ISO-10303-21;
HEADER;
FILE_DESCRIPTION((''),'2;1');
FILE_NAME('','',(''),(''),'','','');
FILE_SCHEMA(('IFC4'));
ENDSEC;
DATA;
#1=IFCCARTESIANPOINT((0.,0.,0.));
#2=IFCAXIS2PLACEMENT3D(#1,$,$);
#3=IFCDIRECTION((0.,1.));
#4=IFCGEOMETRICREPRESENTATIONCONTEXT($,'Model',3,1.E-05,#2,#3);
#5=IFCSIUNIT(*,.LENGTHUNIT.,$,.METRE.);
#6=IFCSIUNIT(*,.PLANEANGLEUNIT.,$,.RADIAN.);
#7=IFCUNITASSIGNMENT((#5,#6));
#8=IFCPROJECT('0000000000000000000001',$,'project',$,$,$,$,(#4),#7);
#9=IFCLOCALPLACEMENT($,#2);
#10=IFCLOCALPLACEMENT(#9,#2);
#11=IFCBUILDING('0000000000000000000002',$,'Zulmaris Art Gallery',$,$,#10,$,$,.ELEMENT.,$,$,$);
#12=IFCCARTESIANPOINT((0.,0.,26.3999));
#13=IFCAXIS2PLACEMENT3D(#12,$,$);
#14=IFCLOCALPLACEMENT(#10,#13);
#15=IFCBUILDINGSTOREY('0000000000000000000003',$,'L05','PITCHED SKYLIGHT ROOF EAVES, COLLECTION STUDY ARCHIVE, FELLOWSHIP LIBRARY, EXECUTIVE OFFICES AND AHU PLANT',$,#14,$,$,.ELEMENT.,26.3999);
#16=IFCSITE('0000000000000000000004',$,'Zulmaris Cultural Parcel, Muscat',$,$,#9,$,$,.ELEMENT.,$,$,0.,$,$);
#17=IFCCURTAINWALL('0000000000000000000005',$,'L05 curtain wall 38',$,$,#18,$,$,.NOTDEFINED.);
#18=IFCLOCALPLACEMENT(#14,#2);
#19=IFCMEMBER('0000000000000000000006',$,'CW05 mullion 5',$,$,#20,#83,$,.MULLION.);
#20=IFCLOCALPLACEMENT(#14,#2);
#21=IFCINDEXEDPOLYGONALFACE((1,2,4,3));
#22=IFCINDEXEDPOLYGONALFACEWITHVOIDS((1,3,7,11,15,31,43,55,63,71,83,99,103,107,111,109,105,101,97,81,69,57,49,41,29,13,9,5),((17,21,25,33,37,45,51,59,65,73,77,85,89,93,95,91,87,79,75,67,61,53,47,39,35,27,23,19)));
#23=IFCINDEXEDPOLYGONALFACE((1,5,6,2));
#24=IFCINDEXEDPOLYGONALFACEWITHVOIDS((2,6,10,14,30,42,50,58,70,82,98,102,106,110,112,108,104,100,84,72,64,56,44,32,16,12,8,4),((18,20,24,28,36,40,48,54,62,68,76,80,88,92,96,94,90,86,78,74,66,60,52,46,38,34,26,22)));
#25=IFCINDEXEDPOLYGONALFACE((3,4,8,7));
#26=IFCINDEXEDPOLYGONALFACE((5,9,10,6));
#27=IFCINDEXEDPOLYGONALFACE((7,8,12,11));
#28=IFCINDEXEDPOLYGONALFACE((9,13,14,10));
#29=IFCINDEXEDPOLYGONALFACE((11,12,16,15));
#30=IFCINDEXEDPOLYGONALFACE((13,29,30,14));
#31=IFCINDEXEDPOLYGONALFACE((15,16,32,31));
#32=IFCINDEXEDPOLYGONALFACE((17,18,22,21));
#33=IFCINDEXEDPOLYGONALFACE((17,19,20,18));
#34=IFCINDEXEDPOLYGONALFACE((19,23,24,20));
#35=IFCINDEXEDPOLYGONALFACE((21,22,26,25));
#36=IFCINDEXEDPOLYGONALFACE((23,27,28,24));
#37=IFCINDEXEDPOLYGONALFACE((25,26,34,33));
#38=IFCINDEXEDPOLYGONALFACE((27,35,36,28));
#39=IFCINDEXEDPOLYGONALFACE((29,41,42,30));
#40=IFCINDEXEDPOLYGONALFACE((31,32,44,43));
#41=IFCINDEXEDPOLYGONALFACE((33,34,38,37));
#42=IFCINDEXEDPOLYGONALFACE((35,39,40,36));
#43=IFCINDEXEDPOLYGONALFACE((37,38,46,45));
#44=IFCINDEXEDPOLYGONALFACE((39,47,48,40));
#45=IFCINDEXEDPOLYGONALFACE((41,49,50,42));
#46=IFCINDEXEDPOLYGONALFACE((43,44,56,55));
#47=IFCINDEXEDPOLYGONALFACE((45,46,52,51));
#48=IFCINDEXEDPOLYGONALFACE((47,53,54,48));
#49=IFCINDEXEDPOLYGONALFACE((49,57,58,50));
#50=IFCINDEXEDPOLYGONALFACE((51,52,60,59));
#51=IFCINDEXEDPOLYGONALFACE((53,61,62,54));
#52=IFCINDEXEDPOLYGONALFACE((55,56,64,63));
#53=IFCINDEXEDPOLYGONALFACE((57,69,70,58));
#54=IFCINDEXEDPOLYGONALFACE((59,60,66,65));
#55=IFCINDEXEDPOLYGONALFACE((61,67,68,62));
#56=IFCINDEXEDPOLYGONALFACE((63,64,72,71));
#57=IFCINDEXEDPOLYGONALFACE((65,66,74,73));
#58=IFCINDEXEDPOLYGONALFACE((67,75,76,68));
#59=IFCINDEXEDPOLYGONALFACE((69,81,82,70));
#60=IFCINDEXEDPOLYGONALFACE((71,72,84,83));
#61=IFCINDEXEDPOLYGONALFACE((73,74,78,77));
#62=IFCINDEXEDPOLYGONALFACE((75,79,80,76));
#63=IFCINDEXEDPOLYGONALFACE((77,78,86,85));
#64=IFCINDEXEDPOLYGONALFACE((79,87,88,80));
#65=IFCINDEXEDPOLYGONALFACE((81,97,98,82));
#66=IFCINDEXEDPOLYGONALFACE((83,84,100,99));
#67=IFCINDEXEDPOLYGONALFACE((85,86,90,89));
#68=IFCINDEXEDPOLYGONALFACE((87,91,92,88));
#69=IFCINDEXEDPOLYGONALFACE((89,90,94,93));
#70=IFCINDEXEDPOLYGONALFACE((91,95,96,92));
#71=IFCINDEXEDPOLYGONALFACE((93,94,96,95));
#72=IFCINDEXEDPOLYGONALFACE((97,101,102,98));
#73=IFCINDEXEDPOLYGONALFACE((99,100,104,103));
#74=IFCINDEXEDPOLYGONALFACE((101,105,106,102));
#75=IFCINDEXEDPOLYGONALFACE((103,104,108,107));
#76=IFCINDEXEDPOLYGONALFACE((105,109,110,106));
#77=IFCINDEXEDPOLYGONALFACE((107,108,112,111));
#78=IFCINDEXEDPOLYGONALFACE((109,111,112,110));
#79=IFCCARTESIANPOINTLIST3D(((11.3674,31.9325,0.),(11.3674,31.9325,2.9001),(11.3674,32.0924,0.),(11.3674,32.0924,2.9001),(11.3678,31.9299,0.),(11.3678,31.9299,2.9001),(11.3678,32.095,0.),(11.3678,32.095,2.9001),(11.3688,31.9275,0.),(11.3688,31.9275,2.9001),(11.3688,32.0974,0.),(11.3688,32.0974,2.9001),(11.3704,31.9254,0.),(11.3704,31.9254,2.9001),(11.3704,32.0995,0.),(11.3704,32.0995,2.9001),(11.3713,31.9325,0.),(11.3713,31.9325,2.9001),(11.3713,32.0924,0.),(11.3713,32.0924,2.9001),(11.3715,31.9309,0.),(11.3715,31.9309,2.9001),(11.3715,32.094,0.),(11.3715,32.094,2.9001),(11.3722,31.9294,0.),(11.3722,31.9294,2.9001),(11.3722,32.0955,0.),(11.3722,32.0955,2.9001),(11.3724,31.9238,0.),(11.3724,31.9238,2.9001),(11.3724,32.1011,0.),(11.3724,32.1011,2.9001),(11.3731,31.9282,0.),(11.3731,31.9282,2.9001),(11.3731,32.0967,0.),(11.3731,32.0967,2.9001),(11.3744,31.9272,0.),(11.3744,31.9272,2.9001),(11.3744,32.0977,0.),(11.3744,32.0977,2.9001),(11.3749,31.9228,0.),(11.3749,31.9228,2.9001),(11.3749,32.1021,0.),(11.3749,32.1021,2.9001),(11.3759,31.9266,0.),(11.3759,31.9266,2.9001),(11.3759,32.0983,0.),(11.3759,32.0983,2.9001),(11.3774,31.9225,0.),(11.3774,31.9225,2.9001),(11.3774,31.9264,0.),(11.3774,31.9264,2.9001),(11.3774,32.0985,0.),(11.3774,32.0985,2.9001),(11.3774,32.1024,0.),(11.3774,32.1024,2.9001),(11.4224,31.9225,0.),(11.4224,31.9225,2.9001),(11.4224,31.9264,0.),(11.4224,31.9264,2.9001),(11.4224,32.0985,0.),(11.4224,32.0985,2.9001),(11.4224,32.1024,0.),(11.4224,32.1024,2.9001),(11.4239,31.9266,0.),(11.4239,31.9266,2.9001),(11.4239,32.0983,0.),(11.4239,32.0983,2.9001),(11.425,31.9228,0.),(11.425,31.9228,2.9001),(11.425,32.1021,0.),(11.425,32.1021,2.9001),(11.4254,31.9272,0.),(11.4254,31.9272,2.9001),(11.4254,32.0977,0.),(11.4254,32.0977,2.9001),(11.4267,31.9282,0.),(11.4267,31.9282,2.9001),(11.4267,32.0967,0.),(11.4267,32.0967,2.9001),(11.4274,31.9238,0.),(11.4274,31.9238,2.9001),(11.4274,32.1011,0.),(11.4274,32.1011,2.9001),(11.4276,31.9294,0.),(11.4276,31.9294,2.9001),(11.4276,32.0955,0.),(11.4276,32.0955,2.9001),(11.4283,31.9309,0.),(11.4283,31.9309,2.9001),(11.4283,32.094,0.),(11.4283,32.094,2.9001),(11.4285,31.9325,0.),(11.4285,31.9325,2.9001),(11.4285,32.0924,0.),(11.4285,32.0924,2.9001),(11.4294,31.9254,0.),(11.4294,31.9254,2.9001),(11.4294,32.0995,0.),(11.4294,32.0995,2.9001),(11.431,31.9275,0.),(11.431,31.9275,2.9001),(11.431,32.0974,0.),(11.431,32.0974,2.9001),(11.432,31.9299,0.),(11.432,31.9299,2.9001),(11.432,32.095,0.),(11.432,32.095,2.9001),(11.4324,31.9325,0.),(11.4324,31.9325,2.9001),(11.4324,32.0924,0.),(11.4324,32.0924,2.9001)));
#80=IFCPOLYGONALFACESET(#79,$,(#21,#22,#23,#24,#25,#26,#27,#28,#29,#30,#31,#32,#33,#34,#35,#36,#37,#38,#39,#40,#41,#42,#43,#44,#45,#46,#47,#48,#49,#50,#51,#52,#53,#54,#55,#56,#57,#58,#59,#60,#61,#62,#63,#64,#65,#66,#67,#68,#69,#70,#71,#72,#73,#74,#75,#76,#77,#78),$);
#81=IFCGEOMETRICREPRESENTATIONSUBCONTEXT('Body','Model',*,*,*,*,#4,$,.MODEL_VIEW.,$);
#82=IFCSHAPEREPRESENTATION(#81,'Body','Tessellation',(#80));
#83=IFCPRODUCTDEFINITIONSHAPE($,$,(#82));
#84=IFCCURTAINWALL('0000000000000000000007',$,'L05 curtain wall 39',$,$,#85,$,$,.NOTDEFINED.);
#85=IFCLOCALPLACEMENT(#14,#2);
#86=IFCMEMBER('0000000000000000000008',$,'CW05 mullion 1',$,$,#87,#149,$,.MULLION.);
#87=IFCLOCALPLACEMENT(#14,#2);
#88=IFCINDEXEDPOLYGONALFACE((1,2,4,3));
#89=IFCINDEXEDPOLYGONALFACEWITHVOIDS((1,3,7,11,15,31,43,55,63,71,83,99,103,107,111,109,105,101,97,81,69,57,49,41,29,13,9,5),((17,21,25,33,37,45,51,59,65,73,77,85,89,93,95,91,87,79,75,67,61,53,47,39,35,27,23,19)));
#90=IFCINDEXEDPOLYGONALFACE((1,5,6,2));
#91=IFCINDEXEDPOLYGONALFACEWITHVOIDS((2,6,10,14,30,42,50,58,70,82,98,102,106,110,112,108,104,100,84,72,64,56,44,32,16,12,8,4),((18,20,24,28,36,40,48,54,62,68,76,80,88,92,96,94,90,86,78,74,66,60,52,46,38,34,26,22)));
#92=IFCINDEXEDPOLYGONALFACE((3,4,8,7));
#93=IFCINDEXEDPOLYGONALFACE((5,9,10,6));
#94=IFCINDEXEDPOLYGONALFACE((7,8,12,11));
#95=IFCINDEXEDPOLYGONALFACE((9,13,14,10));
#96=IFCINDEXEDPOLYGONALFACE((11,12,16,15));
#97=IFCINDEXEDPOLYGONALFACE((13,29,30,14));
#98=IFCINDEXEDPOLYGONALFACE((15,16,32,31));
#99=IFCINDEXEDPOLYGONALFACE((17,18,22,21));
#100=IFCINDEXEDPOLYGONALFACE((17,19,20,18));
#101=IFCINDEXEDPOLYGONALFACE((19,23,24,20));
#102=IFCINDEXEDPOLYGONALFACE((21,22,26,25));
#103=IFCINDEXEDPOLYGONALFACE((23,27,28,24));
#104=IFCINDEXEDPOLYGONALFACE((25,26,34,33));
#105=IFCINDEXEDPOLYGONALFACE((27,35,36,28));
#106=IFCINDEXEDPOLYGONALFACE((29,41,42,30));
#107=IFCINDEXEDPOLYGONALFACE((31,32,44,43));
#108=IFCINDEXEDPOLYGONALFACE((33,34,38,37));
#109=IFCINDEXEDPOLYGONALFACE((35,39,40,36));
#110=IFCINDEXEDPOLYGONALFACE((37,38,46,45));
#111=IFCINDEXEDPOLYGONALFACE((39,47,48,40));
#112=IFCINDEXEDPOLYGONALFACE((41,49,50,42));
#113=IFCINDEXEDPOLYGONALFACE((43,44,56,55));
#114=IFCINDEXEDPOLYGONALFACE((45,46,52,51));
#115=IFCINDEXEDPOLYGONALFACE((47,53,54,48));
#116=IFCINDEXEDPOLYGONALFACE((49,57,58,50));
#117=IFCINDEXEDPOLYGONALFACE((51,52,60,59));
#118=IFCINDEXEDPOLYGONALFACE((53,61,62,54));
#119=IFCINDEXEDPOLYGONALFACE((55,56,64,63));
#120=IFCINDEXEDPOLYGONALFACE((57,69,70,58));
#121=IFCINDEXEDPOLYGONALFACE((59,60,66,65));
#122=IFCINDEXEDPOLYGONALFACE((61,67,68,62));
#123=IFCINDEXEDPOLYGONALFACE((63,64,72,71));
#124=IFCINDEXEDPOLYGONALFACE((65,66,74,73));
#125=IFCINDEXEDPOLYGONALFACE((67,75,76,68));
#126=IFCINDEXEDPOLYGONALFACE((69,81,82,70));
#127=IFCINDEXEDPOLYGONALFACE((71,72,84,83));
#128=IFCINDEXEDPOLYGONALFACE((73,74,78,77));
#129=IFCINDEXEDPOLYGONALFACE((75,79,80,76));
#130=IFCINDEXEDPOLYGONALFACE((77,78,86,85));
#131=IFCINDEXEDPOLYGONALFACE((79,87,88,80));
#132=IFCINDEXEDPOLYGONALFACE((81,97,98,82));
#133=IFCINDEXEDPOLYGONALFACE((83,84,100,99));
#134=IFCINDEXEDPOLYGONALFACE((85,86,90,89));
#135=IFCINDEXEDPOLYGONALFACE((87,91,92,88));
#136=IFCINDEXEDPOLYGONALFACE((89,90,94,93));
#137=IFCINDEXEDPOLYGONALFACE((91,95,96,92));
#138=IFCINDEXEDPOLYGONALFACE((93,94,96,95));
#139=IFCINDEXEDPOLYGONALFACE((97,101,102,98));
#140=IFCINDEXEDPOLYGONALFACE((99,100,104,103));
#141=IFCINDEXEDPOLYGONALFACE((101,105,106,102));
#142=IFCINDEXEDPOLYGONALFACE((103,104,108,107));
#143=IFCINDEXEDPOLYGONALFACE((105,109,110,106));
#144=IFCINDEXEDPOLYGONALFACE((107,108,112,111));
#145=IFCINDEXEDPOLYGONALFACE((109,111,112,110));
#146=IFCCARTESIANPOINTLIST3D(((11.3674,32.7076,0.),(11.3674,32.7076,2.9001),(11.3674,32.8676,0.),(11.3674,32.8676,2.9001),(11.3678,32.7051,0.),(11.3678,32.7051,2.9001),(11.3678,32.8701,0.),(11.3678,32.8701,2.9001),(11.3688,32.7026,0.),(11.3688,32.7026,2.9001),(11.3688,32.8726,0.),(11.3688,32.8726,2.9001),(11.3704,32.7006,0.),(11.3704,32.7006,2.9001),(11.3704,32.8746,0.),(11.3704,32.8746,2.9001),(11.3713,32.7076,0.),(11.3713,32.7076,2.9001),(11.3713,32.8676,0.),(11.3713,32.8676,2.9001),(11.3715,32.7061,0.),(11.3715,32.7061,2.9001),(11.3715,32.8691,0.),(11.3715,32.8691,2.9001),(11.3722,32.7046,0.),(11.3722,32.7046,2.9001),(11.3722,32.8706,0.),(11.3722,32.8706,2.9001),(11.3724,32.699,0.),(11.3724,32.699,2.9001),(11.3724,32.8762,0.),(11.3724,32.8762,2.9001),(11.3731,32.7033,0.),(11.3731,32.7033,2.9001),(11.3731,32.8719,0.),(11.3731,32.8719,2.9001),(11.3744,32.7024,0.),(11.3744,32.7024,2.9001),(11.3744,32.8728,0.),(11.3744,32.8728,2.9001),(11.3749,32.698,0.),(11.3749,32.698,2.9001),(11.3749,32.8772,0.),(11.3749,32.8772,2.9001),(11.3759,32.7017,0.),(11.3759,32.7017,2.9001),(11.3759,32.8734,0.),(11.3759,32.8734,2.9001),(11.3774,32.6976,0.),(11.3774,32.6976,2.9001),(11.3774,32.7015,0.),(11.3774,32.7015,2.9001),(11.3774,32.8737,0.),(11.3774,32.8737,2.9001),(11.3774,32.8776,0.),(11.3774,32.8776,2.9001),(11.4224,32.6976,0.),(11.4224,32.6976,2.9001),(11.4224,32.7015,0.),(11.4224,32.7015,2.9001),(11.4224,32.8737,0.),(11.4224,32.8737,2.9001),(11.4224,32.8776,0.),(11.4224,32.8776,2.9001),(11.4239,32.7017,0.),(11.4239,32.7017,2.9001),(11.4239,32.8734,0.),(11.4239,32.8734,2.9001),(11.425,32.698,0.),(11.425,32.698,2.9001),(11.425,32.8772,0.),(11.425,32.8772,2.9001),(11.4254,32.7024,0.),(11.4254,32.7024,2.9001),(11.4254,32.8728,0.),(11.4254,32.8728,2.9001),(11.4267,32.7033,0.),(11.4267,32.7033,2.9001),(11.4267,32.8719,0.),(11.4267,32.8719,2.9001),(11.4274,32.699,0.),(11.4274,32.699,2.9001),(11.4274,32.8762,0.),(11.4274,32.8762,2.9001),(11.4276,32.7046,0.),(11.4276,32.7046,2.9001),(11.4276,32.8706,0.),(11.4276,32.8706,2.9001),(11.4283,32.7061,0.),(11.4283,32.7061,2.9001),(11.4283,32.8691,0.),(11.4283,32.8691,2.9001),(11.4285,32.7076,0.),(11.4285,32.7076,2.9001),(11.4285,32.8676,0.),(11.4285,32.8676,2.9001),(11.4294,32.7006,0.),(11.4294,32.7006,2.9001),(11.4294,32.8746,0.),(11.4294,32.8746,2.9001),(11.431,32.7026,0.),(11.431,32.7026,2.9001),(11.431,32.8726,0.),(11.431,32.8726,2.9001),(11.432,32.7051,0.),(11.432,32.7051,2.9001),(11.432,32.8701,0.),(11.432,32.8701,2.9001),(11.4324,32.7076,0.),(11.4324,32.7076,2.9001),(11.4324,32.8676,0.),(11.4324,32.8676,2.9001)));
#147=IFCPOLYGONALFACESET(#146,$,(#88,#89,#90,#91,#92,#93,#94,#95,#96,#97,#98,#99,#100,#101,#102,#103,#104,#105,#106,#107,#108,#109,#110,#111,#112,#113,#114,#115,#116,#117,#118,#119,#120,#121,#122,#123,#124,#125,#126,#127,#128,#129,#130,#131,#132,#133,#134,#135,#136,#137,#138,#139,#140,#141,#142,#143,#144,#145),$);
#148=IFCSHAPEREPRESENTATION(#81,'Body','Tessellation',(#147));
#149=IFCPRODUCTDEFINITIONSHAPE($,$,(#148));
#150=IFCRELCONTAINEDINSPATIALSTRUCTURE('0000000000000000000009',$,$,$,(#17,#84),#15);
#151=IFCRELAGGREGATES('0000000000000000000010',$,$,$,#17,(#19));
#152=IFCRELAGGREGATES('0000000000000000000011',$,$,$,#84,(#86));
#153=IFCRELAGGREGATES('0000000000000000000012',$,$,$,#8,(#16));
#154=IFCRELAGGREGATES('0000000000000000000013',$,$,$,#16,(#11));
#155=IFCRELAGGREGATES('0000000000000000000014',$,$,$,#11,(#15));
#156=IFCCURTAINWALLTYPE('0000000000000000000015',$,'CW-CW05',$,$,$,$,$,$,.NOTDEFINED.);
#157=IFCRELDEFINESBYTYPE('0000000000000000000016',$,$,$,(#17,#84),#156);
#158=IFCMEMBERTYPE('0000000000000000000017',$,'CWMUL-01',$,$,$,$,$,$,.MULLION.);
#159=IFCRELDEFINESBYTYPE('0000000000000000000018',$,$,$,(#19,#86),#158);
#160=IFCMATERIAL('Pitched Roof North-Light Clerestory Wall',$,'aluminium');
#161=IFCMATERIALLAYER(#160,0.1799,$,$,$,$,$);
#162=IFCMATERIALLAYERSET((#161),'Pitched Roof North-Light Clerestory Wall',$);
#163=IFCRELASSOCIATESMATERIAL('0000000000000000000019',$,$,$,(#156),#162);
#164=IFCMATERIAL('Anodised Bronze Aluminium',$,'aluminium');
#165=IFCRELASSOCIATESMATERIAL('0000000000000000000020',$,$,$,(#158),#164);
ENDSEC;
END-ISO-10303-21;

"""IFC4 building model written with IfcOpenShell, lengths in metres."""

from ifc_helpers import new_model, si_unit, direction, frame, origin, origin_2d, place, context, subcontext, project, spatial, hollow_rectangle, extrude, material, layer, layer_set, material_profile, profile_set, type_object, element, aggregate, save


model = new_model("IFC4")

# Units and contexts
model_context = context("Model", 3, precision=1e-05, world=origin(), true_north=direction((0.0, 1.0)))
body_context = subcontext(model_context, "Body", "Model", "MODEL_VIEW")
ifc_project = project(units=[si_unit("LENGTHUNIT", "METRE"), si_unit("PLANEANGLEUNIT", "RADIAN")], contexts=[model_context])

# Site, building, storey
site_placement = place(None, origin())
site = spatial("IfcSite", under=ifc_project, at=site_placement, Name="Zulmaris Cultural Parcel, Muscat", CompositionType="ELEMENT", RefElevation=0.0)
building_placement = place(site_placement, origin())
building = spatial("IfcBuilding", under=site, at=building_placement, Name="Zulmaris Art Gallery", CompositionType="ELEMENT")
storey_placement = place(building_placement, frame((0.0, 0.0, 26.3999)))
storey = spatial("IfcBuildingStorey", under=building, at=storey_placement, Name="L05", Description="PITCHED SKYLIGHT ROOF EAVES, COLLECTION STUDY ARCHIVE, FELLOWSHIP LIBRARY, EXECUTIVE OFFICES AND AHU PLANT", CompositionType="ELEMENT", Elevation=26.3999)

# Curtain walls, members
ifc_material_1 = material(Name="Pitched Roof North-Light Clerestory Wall", Category="aluminium")
ifc_layer_1 = layer(ifc_material_1, 0.1799)
ifc_layer_set_1 = layer_set([ifc_layer_1], Name="Pitched Roof North-Light Clerestory Wall")
curtain_wall_type = type_object("IfcCurtainWallType", Name="CW-CW05", PredefinedType="NOTDEFINED", material=ifc_layer_set_1)
curtain_wall_1_placement = place(storey_placement, origin())
curtain_wall_1 = element("IfcCurtainWall", 1, at=curtain_wall_1_placement, inside=storey, type_object=curtain_wall_type, Name="L05 curtain wall 38", PredefinedType="NOTDEFINED")
ifc_material_2 = material(Name="Anodised Bronze Aluminium", Category="aluminium")
ifc_material_profile_1 = material_profile(ifc_material_2, hollow_rectangle(XDim=0.0649, YDim=0.1799, WallThickness=0.0039, InnerFilletRadius=0.0061, OuterFilletRadius=0.01, at=origin_2d()), Name="ALU 65x180x4")
ifc_profile_set_1 = profile_set([ifc_material_profile_1], Name="Anodised Bronze Aluminium")
member_type_1 = type_object("IfcMemberType", Name="CWMUL-01", PredefinedType="MULLION", material=ifc_profile_set_1)
member_1_placement = place(storey_placement, frame((11.3999, 32.0125, 0.0), z_axis=(0.0, 0.0, 1.0), x_axis=(-1.0, 0.0, 0.0)))
member_1 = element("IfcMember", 2, at=member_1_placement, type_object=member_type_1, Name="CW05 mullion 5", PredefinedType="MULLION", context=body_context, shape_type="SweptSolid", body=[
    extrude(hollow_rectangle(XDim=0.0649, YDim=0.1799, WallThickness=0.0039, InnerFilletRadius=0.0061, OuterFilletRadius=0.01, at=origin_2d()), origin(), (0.0, 0.0, 1.0), 2.9001),
])
curtain_wall_2_placement = place(storey_placement, origin())
curtain_wall_2 = element("IfcCurtainWall", 3, at=curtain_wall_2_placement, inside=storey, type_object=curtain_wall_type, Name="L05 curtain wall 39", PredefinedType="NOTDEFINED")
member_2_placement = place(storey_placement, frame((11.3999, 32.7876, 0.0), z_axis=(0.0, 0.0, 1.0), x_axis=(-1.0, 0.0, 0.0)))
member_2 = element("IfcMember", 4, at=member_2_placement, type_object=member_type_1, Name="CW05 mullion 1", PredefinedType="MULLION", context=body_context, shape_type="SweptSolid", body=[
    extrude(hollow_rectangle(XDim=0.0649, YDim=0.1799, WallThickness=0.0039, InnerFilletRadius=0.0061, OuterFilletRadius=0.01, at=origin_2d()), origin(), (0.0, 0.0, 1.0), 2.9001),
])

aggregate(curtain_wall_1, [member_1])
aggregate(curtain_wall_2, [member_2])

save(model, "model.ifc")
